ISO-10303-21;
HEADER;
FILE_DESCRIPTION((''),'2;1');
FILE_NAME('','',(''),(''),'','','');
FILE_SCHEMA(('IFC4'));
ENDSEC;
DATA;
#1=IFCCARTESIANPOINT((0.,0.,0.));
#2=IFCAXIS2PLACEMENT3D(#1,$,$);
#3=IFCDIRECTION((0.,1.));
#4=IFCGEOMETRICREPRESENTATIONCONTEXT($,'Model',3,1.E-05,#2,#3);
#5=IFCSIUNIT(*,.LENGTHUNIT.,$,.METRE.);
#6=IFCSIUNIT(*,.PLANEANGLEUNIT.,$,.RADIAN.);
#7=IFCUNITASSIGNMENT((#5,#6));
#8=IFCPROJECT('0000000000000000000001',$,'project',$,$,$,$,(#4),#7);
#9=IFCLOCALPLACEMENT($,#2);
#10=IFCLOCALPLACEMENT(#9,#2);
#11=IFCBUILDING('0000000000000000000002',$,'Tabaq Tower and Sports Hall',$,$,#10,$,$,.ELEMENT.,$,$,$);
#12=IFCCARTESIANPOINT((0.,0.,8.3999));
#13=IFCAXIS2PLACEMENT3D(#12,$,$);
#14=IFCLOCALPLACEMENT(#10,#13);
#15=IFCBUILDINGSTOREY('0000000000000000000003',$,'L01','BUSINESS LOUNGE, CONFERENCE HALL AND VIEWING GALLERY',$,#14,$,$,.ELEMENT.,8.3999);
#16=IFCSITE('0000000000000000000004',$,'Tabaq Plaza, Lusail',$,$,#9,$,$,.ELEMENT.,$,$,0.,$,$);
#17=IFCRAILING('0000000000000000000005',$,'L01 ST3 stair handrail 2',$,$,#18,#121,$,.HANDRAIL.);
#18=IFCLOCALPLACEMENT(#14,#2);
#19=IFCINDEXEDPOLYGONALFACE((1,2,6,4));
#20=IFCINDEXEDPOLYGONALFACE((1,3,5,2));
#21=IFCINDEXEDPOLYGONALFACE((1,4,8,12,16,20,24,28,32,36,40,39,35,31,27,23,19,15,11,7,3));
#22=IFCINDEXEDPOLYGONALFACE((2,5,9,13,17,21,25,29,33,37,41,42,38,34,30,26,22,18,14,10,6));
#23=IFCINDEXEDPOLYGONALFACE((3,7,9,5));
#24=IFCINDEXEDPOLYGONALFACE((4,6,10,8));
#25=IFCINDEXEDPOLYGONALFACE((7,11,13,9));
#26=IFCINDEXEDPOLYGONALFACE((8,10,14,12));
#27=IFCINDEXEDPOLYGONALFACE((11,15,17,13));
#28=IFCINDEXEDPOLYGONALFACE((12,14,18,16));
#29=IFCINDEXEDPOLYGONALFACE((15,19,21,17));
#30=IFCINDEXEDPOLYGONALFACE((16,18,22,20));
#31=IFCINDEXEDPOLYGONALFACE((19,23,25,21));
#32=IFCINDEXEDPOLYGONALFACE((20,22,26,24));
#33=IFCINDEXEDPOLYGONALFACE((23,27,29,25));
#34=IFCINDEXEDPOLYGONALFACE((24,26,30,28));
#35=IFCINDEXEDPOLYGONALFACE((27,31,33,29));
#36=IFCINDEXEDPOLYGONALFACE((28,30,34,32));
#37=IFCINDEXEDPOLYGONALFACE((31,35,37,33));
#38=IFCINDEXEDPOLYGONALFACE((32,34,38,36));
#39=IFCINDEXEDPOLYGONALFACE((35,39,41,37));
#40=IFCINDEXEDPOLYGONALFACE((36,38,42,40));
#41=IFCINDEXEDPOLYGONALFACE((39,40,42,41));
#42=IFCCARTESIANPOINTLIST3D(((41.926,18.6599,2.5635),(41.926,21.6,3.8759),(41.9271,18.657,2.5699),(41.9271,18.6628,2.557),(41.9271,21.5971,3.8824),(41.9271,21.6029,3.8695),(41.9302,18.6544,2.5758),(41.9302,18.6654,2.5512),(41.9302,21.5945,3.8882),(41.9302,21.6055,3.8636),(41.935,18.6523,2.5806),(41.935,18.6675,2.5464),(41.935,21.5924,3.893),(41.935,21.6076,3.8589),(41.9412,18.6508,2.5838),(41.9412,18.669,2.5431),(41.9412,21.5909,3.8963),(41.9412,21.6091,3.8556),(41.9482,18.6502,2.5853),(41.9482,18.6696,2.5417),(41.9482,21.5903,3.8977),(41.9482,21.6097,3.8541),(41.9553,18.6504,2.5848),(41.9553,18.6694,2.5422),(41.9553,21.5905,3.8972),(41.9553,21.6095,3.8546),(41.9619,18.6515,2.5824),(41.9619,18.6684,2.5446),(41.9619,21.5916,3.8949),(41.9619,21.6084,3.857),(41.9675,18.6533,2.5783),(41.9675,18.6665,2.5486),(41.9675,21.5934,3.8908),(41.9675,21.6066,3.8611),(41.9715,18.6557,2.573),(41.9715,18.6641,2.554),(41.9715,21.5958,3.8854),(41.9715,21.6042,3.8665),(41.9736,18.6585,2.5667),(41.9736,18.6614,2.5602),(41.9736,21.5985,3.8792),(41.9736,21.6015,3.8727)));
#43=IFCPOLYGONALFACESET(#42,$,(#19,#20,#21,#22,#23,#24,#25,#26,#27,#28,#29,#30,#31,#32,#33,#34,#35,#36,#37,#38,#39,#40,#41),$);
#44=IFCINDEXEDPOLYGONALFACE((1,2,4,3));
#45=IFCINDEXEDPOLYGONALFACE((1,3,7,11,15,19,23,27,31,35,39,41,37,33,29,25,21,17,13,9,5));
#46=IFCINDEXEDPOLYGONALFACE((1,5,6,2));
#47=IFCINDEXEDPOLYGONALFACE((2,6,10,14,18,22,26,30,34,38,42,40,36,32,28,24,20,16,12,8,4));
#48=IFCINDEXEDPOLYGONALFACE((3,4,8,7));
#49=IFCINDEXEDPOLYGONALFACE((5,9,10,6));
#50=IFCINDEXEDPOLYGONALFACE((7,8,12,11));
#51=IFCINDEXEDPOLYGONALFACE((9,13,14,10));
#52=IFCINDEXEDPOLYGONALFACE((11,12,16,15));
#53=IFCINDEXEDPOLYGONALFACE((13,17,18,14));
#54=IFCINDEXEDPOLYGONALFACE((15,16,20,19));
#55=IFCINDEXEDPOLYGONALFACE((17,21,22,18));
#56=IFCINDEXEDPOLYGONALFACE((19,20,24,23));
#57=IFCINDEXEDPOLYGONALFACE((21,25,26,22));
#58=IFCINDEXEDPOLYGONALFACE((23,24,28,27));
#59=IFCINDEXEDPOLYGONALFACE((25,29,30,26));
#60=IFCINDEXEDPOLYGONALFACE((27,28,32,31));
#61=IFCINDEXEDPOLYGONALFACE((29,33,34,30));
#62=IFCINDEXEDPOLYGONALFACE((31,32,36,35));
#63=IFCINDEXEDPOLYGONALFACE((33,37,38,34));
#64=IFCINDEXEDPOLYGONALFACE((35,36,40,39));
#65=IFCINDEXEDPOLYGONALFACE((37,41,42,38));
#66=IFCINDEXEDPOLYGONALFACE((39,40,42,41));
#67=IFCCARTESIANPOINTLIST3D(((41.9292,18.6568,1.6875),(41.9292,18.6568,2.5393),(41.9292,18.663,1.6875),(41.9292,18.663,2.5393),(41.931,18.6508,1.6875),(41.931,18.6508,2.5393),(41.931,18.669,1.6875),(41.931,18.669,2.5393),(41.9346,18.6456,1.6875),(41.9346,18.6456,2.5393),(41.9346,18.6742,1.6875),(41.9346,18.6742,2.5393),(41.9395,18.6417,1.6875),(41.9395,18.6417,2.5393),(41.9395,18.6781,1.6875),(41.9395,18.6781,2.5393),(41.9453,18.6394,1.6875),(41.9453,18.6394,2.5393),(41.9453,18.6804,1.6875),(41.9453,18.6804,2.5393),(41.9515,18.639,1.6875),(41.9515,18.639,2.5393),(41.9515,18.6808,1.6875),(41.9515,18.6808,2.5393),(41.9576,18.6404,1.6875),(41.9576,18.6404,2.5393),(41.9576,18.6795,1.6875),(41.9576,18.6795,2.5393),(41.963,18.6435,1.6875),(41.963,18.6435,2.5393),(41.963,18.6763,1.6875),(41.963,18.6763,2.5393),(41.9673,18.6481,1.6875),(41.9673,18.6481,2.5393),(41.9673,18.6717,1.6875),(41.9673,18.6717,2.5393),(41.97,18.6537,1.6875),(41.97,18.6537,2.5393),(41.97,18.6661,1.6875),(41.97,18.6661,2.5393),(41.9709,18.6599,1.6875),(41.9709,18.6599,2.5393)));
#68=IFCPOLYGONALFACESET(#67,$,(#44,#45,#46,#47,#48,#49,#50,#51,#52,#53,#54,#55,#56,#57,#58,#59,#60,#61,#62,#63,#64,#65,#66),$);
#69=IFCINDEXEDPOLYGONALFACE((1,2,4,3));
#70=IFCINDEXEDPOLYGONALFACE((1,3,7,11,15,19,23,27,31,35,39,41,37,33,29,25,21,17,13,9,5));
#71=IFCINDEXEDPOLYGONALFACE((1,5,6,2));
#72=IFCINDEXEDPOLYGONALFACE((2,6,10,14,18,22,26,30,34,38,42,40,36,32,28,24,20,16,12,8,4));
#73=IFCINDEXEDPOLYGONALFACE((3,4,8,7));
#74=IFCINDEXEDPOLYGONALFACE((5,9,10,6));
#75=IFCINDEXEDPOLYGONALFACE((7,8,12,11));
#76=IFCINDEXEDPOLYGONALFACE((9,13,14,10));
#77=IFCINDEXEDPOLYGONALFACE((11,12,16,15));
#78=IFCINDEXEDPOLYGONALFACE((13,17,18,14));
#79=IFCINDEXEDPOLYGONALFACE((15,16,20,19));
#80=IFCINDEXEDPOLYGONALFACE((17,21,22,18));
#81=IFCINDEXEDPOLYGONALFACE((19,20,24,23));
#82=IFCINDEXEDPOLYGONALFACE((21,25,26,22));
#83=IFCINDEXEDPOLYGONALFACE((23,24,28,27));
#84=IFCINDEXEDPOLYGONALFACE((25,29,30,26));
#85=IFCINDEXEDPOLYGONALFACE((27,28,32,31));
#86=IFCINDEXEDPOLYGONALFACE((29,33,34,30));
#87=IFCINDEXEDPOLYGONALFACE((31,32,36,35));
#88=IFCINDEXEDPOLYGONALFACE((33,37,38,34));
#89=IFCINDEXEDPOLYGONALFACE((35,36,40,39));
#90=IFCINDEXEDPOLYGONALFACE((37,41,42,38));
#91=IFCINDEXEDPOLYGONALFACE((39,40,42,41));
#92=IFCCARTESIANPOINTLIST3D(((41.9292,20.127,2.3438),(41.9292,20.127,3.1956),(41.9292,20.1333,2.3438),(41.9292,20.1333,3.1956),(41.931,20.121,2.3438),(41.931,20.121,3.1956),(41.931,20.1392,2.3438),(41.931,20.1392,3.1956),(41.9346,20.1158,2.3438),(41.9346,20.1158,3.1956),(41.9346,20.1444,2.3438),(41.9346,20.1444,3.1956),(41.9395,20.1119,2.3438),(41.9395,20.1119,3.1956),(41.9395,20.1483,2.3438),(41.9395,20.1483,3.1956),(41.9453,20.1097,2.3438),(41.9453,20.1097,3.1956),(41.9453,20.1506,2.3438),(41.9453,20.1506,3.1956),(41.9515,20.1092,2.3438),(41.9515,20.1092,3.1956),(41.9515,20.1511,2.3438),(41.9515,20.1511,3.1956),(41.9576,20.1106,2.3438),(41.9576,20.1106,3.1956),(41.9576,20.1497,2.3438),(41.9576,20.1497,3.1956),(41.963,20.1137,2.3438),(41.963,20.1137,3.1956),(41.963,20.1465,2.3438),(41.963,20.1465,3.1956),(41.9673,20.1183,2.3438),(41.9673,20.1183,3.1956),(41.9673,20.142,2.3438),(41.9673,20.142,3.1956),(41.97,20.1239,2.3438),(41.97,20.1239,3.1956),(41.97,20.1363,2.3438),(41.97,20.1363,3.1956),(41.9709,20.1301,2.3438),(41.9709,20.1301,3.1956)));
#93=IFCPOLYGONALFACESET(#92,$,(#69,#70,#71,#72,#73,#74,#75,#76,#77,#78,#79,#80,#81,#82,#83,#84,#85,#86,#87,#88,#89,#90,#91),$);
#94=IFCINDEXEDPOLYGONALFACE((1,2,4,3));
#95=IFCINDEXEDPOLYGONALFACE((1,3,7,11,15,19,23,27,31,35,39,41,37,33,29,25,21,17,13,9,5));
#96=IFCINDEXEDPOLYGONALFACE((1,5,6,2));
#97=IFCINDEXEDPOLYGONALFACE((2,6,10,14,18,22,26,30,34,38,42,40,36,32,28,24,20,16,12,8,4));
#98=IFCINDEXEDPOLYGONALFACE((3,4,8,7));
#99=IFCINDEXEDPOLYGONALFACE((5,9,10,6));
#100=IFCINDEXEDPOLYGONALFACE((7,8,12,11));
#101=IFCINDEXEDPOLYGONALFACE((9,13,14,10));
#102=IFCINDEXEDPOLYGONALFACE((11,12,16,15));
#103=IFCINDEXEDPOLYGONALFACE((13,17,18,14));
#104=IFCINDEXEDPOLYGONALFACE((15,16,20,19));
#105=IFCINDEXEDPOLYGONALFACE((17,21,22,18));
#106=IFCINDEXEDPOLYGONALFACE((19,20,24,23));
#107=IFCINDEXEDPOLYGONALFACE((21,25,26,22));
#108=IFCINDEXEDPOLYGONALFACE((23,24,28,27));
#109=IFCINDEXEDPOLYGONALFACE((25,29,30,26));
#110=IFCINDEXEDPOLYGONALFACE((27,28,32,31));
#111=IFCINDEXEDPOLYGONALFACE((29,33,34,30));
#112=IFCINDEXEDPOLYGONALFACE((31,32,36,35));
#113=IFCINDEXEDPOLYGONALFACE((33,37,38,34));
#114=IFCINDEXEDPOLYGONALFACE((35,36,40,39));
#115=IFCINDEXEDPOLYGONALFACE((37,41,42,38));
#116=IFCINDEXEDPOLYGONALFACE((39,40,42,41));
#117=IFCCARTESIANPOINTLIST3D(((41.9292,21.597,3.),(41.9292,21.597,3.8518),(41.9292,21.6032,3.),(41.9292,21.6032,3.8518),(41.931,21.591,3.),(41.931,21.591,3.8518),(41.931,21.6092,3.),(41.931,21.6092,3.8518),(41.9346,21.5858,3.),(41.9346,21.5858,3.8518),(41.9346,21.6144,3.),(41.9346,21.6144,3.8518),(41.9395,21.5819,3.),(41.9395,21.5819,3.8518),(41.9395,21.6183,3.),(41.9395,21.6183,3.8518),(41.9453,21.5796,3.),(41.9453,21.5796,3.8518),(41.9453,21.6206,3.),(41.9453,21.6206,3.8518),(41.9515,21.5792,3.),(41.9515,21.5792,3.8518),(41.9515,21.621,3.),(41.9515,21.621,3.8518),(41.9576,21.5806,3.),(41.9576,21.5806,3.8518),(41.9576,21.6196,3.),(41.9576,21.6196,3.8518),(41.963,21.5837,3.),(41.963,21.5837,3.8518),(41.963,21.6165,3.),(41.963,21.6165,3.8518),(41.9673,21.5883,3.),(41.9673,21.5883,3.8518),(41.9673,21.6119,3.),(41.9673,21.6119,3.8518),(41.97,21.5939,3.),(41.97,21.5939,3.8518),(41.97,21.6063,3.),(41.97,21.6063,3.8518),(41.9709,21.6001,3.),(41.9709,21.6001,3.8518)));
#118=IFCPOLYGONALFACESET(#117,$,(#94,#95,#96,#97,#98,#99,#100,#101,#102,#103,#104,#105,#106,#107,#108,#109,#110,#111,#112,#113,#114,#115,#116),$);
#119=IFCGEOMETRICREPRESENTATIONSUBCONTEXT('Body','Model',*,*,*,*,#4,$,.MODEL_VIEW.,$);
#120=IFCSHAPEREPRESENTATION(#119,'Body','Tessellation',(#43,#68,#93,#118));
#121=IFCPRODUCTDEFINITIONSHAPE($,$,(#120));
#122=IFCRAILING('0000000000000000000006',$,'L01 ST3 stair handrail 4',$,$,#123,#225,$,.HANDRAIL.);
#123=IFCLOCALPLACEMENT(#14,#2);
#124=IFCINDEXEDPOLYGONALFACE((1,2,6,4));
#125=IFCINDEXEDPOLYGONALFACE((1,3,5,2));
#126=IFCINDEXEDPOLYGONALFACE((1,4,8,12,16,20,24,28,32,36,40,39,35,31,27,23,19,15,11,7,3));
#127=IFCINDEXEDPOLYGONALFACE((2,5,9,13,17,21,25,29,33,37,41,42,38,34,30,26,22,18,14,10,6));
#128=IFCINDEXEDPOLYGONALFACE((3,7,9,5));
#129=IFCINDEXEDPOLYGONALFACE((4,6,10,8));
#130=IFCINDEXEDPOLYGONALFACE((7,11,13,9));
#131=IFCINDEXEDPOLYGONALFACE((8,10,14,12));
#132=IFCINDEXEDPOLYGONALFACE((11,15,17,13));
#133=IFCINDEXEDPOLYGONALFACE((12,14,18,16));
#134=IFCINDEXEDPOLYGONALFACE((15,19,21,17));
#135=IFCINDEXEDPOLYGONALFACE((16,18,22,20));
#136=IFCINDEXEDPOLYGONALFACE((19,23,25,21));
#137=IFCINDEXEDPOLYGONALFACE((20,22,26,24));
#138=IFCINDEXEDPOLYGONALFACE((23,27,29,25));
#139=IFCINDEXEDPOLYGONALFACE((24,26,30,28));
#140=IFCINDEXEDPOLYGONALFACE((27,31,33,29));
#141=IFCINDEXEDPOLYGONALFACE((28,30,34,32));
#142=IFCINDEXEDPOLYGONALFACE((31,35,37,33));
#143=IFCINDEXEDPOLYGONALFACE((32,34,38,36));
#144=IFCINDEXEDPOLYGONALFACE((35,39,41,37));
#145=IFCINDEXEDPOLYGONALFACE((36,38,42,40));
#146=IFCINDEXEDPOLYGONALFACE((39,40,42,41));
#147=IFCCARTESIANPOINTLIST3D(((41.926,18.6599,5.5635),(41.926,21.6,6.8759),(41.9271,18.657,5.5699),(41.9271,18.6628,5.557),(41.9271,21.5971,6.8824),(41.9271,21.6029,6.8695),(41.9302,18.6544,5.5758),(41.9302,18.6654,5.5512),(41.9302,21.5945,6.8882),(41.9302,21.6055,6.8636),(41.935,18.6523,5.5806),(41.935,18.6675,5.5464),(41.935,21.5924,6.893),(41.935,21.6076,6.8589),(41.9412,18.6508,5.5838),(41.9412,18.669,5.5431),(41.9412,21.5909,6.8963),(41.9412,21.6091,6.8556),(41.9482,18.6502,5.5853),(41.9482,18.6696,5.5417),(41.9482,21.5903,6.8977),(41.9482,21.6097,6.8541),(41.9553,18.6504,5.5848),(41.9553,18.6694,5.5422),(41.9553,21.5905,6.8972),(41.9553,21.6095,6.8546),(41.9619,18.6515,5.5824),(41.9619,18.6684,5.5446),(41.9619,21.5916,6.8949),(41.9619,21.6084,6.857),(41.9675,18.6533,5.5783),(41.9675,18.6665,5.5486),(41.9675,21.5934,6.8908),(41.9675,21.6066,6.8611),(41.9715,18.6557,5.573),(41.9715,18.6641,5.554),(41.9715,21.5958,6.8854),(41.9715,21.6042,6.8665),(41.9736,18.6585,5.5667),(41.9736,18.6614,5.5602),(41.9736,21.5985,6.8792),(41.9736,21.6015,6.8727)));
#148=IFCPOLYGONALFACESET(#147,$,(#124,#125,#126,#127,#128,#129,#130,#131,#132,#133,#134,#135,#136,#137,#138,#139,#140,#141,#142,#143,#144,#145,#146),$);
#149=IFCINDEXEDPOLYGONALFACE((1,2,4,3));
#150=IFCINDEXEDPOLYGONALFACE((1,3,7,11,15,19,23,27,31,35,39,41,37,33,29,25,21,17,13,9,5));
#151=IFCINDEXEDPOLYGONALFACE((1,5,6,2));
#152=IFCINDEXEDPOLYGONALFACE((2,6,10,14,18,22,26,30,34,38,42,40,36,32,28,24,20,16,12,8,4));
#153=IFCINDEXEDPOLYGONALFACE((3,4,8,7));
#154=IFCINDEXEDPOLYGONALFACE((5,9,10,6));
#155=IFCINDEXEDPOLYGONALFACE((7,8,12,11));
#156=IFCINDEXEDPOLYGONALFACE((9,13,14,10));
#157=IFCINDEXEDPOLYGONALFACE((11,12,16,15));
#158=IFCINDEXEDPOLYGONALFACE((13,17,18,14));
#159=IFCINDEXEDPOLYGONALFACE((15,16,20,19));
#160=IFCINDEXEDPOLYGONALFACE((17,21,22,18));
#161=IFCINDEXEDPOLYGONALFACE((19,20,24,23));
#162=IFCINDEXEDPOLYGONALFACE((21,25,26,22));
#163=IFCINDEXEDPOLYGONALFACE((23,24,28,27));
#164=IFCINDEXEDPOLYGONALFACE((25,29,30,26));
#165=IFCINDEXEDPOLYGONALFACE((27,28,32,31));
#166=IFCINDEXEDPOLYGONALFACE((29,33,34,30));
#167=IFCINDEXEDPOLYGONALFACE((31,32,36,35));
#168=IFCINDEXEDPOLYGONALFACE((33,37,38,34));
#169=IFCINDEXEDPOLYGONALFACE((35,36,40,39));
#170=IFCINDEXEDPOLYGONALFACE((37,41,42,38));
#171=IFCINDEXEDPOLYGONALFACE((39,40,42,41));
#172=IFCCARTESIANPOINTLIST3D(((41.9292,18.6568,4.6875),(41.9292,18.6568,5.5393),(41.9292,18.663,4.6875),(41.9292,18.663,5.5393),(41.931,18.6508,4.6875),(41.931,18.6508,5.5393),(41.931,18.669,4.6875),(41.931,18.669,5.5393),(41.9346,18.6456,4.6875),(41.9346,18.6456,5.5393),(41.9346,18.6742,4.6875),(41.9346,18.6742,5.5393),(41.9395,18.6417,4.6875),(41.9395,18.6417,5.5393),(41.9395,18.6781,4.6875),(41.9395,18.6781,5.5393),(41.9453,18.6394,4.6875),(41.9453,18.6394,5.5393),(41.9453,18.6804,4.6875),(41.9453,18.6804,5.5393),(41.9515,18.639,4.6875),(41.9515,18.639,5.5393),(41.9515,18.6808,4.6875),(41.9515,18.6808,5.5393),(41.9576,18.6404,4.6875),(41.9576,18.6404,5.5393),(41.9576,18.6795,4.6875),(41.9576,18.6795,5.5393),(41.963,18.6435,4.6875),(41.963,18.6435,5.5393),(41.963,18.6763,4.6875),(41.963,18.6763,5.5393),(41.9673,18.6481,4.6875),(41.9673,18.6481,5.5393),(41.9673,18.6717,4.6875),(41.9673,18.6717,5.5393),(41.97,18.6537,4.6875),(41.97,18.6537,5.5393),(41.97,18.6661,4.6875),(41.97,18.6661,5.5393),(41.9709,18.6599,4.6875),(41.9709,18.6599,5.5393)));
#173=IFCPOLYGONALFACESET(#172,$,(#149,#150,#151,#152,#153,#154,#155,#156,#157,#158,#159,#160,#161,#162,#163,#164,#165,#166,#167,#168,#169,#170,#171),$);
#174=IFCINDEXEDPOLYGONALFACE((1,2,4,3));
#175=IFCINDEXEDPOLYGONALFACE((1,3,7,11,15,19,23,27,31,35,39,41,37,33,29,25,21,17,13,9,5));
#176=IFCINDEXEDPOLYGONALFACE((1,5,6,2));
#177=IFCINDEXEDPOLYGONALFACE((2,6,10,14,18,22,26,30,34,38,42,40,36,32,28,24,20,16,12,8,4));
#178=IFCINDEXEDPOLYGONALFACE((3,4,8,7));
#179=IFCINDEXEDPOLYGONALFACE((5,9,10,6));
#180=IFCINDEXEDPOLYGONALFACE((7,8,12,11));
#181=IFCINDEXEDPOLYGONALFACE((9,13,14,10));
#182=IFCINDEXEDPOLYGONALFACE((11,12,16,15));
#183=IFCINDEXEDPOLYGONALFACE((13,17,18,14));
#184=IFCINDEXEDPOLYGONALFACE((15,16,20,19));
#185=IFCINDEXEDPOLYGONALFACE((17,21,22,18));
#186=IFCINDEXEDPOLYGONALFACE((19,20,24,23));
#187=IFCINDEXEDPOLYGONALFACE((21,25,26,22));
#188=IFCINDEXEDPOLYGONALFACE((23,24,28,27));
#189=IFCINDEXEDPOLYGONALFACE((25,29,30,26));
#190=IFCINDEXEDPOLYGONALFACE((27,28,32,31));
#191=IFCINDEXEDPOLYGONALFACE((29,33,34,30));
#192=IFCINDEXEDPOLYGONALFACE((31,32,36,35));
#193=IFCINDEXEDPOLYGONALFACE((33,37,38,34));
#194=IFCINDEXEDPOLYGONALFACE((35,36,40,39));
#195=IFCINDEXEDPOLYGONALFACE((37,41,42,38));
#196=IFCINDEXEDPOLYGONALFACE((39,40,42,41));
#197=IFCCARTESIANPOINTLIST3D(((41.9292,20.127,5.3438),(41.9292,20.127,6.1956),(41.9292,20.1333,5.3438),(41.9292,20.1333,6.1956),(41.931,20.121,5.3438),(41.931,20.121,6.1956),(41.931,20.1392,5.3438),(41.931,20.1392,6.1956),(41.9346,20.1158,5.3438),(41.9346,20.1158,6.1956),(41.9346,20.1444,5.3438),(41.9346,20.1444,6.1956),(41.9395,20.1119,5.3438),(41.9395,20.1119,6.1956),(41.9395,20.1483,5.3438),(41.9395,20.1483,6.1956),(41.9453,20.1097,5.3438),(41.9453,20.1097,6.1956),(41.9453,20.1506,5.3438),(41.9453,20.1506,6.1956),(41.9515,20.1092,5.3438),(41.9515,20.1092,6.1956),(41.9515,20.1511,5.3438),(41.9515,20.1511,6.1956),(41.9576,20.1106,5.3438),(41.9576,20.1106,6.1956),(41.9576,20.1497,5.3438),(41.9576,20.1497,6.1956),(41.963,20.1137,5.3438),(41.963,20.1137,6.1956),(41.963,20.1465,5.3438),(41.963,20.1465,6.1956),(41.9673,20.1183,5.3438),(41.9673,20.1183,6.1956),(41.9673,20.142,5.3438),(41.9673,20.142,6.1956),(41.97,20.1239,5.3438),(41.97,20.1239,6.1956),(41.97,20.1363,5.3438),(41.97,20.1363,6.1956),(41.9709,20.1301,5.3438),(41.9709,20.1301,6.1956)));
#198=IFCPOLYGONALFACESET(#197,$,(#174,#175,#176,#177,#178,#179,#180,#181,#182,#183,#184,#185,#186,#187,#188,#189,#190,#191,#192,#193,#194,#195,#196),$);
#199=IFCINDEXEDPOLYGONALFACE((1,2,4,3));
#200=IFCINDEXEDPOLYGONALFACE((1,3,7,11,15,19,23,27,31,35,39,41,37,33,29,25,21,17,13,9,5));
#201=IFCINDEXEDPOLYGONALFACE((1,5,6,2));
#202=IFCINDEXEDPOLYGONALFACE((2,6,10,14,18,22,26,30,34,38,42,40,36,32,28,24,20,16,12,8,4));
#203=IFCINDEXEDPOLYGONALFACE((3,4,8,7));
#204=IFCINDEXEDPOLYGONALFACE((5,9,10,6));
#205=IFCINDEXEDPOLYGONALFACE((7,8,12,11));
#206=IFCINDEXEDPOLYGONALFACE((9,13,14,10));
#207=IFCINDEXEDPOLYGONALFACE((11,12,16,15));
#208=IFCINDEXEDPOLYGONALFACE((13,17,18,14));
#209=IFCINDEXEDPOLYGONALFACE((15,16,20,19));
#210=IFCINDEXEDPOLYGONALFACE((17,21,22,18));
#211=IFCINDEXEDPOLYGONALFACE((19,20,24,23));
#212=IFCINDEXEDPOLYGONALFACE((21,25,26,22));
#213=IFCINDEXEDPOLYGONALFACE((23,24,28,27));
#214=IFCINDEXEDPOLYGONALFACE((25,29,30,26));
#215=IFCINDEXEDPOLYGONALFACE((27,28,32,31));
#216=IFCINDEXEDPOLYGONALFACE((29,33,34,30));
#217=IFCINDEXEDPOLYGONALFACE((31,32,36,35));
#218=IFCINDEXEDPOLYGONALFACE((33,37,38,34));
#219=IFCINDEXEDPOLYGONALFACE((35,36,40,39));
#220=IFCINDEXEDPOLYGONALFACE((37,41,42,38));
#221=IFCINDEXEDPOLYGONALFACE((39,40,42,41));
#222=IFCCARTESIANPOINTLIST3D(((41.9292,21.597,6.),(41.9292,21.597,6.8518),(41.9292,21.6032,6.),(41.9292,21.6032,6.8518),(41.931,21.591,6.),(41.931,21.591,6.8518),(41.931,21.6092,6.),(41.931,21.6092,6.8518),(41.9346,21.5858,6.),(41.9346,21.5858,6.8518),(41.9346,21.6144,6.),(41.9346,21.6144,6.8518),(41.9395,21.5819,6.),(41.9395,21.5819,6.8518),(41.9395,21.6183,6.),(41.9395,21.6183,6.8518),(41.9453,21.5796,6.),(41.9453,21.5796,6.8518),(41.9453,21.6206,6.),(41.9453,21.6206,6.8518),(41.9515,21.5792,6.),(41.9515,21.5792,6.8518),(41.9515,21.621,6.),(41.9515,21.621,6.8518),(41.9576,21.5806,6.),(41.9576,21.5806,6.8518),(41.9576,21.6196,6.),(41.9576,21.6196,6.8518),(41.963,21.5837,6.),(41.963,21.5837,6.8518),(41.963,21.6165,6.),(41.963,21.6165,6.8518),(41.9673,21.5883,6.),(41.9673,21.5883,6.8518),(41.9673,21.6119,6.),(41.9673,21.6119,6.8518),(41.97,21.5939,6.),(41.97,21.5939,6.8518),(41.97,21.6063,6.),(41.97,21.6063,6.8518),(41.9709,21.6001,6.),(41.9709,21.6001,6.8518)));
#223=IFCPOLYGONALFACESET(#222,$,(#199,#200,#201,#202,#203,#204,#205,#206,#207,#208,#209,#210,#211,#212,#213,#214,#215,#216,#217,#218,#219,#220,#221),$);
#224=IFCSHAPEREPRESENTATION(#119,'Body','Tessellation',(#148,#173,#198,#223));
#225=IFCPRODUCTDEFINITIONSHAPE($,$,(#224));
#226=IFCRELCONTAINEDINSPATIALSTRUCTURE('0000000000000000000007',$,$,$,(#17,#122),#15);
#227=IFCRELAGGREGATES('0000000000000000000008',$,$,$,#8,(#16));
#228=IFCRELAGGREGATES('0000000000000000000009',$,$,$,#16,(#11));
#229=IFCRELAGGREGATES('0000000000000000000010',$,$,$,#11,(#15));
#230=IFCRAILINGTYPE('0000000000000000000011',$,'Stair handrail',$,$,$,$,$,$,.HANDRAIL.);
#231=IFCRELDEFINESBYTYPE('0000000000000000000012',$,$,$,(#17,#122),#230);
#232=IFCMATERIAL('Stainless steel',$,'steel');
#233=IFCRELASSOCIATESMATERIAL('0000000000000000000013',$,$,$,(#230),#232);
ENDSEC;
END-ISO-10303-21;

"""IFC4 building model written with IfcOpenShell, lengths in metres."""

from ifc_helpers import new_model, si_unit, direction, frame, origin, origin_2d, place, context, subcontext, project, spatial, circle, extrude, material, type_object, element, save


model = new_model("IFC4")

# Units and contexts
model_context = context("Model", 3, precision=1e-05, world=origin(), true_north=direction((0.0, 1.0)))
body_context = subcontext(model_context, "Body", "Model", "MODEL_VIEW")
ifc_project = project(units=[si_unit("LENGTHUNIT", "METRE"), si_unit("PLANEANGLEUNIT", "RADIAN")], contexts=[model_context])

# Site, building, storey
site_placement = place(None, origin())
site = spatial("IfcSite", under=ifc_project, at=site_placement, Name="Tabaq Plaza, Lusail", CompositionType="ELEMENT", RefElevation=0.0)
building_placement = place(site_placement, origin())
building = spatial("IfcBuilding", under=site, at=building_placement, Name="Tabaq Tower and Sports Hall", CompositionType="ELEMENT")
storey_placement = place(building_placement, frame((0.0, 0.0, 8.3999)))
storey = spatial("IfcBuildingStorey", under=building, at=storey_placement, Name="L01", Description="BUSINESS LOUNGE, CONFERENCE HALL AND VIEWING GALLERY", CompositionType="ELEMENT", Elevation=8.3999)

# Railings
ifc_material_1 = material(Name="Stainless steel", Category="steel")
railing_type_1 = type_object("IfcRailingType", Name="Stair handrail", PredefinedType="HANDRAIL", material=ifc_material_1)
for number, where, name in (
    (1, (41.95, 18.6599, 1.6875), "L01 ST3 stair handrail 2"),
    (2, (41.95, 18.6599, 4.6875), "L01 ST3 stair handrail 4"),
):
    element("IfcRailing", number, at=place(storey_placement, frame(where)), inside=storey, type_object=railing_type_1, Name=name, PredefinedType="HANDRAIL", context=body_context, shape_type="SweptSolid", body=[
        extrude(circle(Radius=0.0239, at=origin_2d()), frame((0.0, 0.0, 0.876), z_axis=(0.0, 0.913147, 0.407629), x_axis=(-1.0, 0.0, 0.0)), (0.0, 0.0, 1.0), 3.2197),
        extrude(circle(Radius=0.021, at=origin_2d()), origin(), (0.0, 0.0, 1.0), 0.8518),
        extrude(circle(Radius=0.021, at=origin_2d()), frame((0.0, 1.4702, 0.6562)), (0.0, 0.0, 1.0), 0.8518),
        extrude(circle(Radius=0.021, at=origin_2d()), frame((0.0, 2.9402, 1.3125)), (0.0, 0.0, 1.0), 0.8518),
    ])

save(model, "model.ifc")
